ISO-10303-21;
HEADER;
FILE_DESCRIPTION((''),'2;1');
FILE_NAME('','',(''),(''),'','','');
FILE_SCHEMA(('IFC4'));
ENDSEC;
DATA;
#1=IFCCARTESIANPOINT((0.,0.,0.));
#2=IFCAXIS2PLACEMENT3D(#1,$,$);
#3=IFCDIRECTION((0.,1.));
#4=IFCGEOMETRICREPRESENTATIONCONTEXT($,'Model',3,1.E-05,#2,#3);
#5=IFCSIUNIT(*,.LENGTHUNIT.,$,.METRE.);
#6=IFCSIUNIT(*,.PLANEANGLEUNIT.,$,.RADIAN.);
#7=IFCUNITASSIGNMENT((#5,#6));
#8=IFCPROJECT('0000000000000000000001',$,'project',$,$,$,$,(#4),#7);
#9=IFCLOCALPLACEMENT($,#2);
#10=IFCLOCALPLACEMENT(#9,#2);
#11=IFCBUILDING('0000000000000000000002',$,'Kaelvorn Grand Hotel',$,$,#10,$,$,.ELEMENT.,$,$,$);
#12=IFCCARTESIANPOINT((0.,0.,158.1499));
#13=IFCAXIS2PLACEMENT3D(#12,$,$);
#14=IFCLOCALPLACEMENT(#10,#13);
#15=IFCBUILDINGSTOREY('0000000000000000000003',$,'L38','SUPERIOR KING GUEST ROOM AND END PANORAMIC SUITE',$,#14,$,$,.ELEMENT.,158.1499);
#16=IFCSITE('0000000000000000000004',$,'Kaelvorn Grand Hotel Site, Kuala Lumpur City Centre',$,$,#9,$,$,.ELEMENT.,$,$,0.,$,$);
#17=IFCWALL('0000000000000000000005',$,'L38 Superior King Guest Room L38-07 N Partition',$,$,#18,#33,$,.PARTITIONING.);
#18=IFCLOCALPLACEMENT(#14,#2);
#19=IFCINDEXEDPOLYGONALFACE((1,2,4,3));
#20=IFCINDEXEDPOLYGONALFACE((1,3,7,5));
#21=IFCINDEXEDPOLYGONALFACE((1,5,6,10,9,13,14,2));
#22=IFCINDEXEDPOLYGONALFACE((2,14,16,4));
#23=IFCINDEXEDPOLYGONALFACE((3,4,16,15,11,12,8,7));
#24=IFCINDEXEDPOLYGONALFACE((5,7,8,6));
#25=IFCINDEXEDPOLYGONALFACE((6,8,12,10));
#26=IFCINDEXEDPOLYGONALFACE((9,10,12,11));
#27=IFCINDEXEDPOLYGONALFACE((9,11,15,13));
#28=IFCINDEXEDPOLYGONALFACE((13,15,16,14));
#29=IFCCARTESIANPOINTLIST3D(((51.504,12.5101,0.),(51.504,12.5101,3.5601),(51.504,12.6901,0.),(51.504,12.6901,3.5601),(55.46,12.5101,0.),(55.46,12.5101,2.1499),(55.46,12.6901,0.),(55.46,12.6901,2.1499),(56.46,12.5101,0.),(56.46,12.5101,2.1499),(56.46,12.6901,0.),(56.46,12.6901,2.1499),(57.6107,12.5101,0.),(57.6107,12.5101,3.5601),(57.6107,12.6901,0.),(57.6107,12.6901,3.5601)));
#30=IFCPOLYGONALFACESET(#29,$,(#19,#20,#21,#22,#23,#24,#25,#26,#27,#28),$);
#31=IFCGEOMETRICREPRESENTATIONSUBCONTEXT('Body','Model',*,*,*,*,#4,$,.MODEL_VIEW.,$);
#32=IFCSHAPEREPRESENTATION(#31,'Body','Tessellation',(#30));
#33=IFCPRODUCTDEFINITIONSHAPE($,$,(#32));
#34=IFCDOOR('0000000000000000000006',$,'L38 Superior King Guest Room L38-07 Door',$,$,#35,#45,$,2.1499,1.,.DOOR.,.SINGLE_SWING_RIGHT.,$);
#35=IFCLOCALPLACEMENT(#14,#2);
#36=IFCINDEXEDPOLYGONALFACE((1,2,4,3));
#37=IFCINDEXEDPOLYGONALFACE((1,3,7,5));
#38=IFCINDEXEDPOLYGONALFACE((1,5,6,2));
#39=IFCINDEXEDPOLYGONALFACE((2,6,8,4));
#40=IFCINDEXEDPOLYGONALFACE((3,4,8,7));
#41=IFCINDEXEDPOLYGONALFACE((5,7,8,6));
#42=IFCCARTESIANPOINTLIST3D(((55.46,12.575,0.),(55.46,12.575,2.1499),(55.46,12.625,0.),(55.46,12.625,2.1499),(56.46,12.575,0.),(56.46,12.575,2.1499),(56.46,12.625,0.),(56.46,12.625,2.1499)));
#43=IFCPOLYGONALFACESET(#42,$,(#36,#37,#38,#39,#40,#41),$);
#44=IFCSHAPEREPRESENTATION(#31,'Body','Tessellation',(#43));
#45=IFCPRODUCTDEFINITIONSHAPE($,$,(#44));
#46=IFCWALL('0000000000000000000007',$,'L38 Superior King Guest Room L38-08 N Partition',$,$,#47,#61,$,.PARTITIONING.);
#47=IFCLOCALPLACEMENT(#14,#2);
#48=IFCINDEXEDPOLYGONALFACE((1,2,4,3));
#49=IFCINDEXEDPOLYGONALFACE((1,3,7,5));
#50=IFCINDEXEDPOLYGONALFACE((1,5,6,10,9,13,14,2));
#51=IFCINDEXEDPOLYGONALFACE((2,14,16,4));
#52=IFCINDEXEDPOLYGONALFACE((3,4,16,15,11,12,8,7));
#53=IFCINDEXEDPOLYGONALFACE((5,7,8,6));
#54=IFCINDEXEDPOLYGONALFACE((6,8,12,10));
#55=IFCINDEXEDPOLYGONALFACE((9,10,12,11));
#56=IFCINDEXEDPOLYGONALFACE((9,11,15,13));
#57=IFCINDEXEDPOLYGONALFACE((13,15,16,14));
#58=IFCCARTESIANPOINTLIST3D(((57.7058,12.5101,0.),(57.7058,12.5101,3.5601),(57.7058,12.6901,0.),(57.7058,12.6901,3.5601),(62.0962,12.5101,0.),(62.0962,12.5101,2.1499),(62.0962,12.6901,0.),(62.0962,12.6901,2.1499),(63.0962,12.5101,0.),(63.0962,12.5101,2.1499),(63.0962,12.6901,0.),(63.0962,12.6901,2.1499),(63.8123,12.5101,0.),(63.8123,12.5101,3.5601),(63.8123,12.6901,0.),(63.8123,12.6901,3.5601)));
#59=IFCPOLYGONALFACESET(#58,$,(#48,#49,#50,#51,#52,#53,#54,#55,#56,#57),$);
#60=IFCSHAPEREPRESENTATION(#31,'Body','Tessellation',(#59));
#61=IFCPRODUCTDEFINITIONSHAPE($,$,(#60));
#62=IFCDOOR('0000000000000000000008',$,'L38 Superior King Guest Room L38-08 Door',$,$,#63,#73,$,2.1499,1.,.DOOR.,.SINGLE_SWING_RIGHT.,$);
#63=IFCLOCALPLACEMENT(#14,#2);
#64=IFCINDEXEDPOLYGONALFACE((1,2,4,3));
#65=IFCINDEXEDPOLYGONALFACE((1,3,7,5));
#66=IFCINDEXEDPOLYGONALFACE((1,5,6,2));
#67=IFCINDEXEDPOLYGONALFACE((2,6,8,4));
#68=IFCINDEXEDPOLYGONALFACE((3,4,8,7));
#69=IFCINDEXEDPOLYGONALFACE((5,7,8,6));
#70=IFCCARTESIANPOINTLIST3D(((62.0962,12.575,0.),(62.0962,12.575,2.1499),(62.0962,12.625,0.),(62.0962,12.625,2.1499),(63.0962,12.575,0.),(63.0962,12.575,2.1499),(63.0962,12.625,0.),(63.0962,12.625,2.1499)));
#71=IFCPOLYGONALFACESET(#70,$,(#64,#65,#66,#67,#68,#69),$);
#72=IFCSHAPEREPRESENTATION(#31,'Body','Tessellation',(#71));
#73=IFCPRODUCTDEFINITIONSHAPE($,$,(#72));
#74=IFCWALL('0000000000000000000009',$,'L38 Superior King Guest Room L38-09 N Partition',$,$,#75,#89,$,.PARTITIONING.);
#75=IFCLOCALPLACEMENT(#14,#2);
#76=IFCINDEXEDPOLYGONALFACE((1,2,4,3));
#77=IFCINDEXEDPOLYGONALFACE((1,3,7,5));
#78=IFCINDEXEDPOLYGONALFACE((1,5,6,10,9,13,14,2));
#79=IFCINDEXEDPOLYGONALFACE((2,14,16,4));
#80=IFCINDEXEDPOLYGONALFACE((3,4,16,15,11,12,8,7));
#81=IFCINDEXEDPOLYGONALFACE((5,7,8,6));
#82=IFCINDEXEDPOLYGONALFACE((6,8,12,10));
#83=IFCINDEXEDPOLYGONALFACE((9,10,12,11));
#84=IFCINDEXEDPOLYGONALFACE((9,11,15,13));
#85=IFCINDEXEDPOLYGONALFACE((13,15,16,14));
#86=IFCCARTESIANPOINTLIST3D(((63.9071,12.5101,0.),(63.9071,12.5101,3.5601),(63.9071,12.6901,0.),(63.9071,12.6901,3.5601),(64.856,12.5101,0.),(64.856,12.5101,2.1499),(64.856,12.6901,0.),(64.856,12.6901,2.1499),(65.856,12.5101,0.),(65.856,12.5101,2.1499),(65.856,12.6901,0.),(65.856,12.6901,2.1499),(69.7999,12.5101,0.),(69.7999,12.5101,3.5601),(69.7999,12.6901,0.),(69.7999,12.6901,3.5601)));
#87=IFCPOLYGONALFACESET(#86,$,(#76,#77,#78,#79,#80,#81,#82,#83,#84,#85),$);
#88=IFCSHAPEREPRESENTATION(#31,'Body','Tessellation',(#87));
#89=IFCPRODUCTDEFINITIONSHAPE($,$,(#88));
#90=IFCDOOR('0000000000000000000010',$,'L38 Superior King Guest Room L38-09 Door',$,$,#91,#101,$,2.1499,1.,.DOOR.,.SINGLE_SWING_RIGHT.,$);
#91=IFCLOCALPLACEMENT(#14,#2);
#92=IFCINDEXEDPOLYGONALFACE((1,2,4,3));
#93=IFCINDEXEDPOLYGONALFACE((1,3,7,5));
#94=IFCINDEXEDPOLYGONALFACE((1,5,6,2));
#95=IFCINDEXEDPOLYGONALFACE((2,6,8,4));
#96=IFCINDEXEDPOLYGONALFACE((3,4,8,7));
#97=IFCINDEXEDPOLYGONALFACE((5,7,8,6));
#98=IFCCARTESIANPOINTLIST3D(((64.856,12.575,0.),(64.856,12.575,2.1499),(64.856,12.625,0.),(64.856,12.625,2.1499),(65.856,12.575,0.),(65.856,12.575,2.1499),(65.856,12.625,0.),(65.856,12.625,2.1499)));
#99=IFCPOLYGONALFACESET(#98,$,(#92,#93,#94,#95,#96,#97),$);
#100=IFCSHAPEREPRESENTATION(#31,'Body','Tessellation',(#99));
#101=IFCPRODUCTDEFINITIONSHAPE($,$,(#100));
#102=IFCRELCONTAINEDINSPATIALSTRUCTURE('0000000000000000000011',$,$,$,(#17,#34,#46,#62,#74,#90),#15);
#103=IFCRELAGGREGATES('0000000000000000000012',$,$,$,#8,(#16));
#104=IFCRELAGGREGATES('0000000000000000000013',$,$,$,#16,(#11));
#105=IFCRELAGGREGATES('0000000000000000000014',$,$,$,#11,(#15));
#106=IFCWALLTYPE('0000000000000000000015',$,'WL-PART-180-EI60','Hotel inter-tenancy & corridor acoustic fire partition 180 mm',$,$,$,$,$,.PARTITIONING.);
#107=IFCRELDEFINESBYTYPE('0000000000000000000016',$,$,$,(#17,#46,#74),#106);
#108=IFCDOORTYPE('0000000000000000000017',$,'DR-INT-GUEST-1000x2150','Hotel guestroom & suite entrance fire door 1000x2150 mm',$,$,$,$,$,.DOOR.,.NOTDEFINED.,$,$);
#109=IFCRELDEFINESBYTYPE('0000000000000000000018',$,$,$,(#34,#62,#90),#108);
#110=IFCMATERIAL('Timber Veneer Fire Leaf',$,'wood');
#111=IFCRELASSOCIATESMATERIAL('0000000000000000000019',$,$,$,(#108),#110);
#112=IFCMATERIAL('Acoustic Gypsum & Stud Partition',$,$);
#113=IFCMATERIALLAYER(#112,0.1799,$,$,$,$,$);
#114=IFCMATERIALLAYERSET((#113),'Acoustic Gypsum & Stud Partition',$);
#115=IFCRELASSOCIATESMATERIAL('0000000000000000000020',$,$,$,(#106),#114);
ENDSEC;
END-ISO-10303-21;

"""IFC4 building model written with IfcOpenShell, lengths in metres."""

from ifc_helpers import new_model, si_unit, direction, frame, frame_2d, origin, place, context, subcontext, project, spatial, rectangle, extrude, material, layer, layer_set, type_object, element, fill, save


model = new_model("IFC4")

# Units and contexts
model_context = context("Model", 3, precision=1e-05, world=origin(), true_north=direction((0.0, 1.0)))
body_context = subcontext(model_context, "Body", "Model", "MODEL_VIEW")
ifc_project = project(units=[si_unit("LENGTHUNIT", "METRE"), si_unit("PLANEANGLEUNIT", "RADIAN")], contexts=[model_context])

# Site, building, storey
site_placement = place(None, origin())
site = spatial("IfcSite", under=ifc_project, at=site_placement, Name="Kaelvorn Grand Hotel Site, Kuala Lumpur City Centre", CompositionType="ELEMENT", RefElevation=0.0)
building_placement = place(site_placement, origin())
building = spatial("IfcBuilding", under=site, at=building_placement, Name="Kaelvorn Grand Hotel", CompositionType="ELEMENT")
storey_placement = place(building_placement, frame((0.0, 0.0, 158.1499)))
storey = spatial("IfcBuildingStorey", under=building, at=storey_placement, Name="L38", Description="SUPERIOR KING GUEST ROOM AND END PANORAMIC SUITE", CompositionType="ELEMENT", Elevation=158.1499)

# Shared definitions
ifc_material_1 = material(Name="Acoustic Gypsum & Stud Partition")
ifc_material_2 = material(Name="Timber Veneer Fire Leaf", Category="wood")

# Shared definitions
door_type_1 = type_object("IfcDoorType", Name="DR-INT-GUEST-1000x2150", Description="Hotel guestroom & suite entrance fire door 1000x2150 mm", OperationType="NOTDEFINED", PredefinedType="DOOR", material=ifc_material_2)

# Walls, openings, doors
ifc_layer_1 = layer(ifc_material_1, 0.1799)
ifc_layer_set_1 = layer_set([ifc_layer_1], Name="Acoustic Gypsum & Stud Partition")
wall_type_1 = type_object("IfcWallType", Name="WL-PART-180-EI60", Description="Hotel inter-tenancy & corridor acoustic fire partition 180 mm", PredefinedType="PARTITIONING", material=ifc_layer_set_1)
wall_1_placement = place(storey_placement, frame((51.5042, 12.6001, 0.0), z_axis=(0.0, 0.0, 1.0), x_axis=(1.0, 0.0, 0.0)))
wall_1 = element("IfcWall", 1, at=wall_1_placement, inside=storey, type_object=wall_type_1, Name="L38 Superior King Guest Room L38-07 N Partition", PredefinedType="PARTITIONING", context=body_context, shape_type="SweptSolid", body=[
    extrude(rectangle(XDim=6.1067, YDim=0.1799, at=frame_2d((3.0532, 0.0))), origin(), (0.0, 0.0, 1.0), 3.5601),
])
opening_1_placement = place(wall_1_placement, frame((3.9558, 0.0, 0.0)))
opening_1 = element("IfcOpeningElement", 2, at=opening_1_placement, cuts=wall_1, PredefinedType="OPENING", context=body_context, shape_type="SweptSolid", body=[
    extrude(rectangle(XDim=1.0, YDim=2.1499, at=frame_2d((0.5, 1.075))), frame((0.0, 0.1001, 0.0), z_axis=(0.0, -1.0, 0.0), x_axis=(1.0, 0.0, 0.0)), (0.0, 0.0, 1.0), 0.2),
])
door_1_placement = place(opening_1_placement, origin())
door_1 = element("IfcDoor", 3, at=door_1_placement, inside=storey, type_object=door_type_1, Name="L38 Superior King Guest Room L38-07 Door", OperationType="SINGLE_SWING_RIGHT", OverallHeight=2.1499, OverallWidth=1.0, PredefinedType="DOOR", context=body_context, shape_type="SweptSolid", body=[
    extrude(rectangle(XDim=1.0, YDim=2.1499, at=frame_2d((0.5, 1.075))), frame((0.0, 0.0249, 0.0), z_axis=(0.0, -1.0, 0.0), x_axis=(1.0, 0.0, 0.0)), (0.0, 0.0, 1.0), 0.05),
])
fill(opening_1, door_1)
wall_2_placement = place(storey_placement, frame((57.7058, 12.6001, 0.0), z_axis=(0.0, 0.0, 1.0), x_axis=(1.0, 0.0, 0.0)))
wall_2 = element("IfcWall", 4, at=wall_2_placement, inside=storey, type_object=wall_type_1, Name="L38 Superior King Guest Room L38-08 N Partition", PredefinedType="PARTITIONING", context=body_context, shape_type="SweptSolid", body=[
    extrude(rectangle(XDim=6.1064, YDim=0.1799, at=frame_2d((3.0532, 0.0))), origin(), (0.0, 0.0, 1.0), 3.5601),
])
opening_2_placement = place(wall_2_placement, frame((4.3904, 0.0, 0.0)))
opening_2 = element("IfcOpeningElement", 5, at=opening_2_placement, cuts=wall_2, PredefinedType="OPENING", context=body_context, shape_type="SweptSolid", body=[
    extrude(rectangle(XDim=1.0, YDim=2.1499, at=frame_2d((0.5, 1.075))), frame((0.0, 0.1001, 0.0), z_axis=(0.0, -1.0, 0.0), x_axis=(1.0, 0.0, 0.0)), (0.0, 0.0, 1.0), 0.2),
])
door_2_placement = place(opening_2_placement, origin())
door_2 = element("IfcDoor", 6, at=door_2_placement, inside=storey, type_object=door_type_1, Name="L38 Superior King Guest Room L38-08 Door", OperationType="SINGLE_SWING_RIGHT", OverallHeight=2.1499, OverallWidth=1.0, PredefinedType="DOOR", context=body_context, shape_type="SweptSolid", body=[
    extrude(rectangle(XDim=1.0, YDim=2.1499, at=frame_2d((0.5, 1.075))), frame((0.0, 0.0249, 0.0), z_axis=(0.0, -1.0, 0.0), x_axis=(1.0, 0.0, 0.0)), (0.0, 0.0, 1.0), 0.05),
])
fill(opening_2, door_2)
wall_3_placement = place(storey_placement, frame((63.9072, 12.6001, 0.0), z_axis=(0.0, 0.0, 1.0), x_axis=(1.0, 0.0, 0.0)))
wall_3 = element("IfcWall", 7, at=wall_3_placement, inside=storey, type_object=wall_type_1, Name="L38 Superior King Guest Room L38-09 N Partition", PredefinedType="PARTITIONING", context=body_context, shape_type="SweptSolid", body=[
    extrude(rectangle(XDim=5.8928, YDim=0.1799, at=frame_2d((2.9463, 0.0))), origin(), (0.0, 0.0, 1.0), 3.5601),
])
opening_3_placement = place(wall_3_placement, frame((0.9487, 0.0, 0.0)))
opening_3 = element("IfcOpeningElement", 8, at=opening_3_placement, cuts=wall_3, PredefinedType="OPENING", context=body_context, shape_type="SweptSolid", body=[
    extrude(rectangle(XDim=1.0, YDim=2.1499, at=frame_2d((0.5, 1.075))), frame((0.0, 0.1001, 0.0), z_axis=(0.0, -1.0, 0.0), x_axis=(1.0, 0.0, 0.0)), (0.0, 0.0, 1.0), 0.2),
])
door_3_placement = place(opening_3_placement, origin())
door_3 = element("IfcDoor", 9, at=door_3_placement, inside=storey, type_object=door_type_1, Name="L38 Superior King Guest Room L38-09 Door", OperationType="SINGLE_SWING_RIGHT", OverallHeight=2.1499, OverallWidth=1.0, PredefinedType="DOOR", context=body_context, shape_type="SweptSolid", body=[
    extrude(rectangle(XDim=1.0, YDim=2.1499, at=frame_2d((0.5, 1.075))), frame((0.0, 0.0249, 0.0), z_axis=(0.0, -1.0, 0.0), x_axis=(1.0, 0.0, 0.0)), (0.0, 0.0, 1.0), 0.05),
])
fill(opening_3, door_3)

save(model, "model.ifc")
